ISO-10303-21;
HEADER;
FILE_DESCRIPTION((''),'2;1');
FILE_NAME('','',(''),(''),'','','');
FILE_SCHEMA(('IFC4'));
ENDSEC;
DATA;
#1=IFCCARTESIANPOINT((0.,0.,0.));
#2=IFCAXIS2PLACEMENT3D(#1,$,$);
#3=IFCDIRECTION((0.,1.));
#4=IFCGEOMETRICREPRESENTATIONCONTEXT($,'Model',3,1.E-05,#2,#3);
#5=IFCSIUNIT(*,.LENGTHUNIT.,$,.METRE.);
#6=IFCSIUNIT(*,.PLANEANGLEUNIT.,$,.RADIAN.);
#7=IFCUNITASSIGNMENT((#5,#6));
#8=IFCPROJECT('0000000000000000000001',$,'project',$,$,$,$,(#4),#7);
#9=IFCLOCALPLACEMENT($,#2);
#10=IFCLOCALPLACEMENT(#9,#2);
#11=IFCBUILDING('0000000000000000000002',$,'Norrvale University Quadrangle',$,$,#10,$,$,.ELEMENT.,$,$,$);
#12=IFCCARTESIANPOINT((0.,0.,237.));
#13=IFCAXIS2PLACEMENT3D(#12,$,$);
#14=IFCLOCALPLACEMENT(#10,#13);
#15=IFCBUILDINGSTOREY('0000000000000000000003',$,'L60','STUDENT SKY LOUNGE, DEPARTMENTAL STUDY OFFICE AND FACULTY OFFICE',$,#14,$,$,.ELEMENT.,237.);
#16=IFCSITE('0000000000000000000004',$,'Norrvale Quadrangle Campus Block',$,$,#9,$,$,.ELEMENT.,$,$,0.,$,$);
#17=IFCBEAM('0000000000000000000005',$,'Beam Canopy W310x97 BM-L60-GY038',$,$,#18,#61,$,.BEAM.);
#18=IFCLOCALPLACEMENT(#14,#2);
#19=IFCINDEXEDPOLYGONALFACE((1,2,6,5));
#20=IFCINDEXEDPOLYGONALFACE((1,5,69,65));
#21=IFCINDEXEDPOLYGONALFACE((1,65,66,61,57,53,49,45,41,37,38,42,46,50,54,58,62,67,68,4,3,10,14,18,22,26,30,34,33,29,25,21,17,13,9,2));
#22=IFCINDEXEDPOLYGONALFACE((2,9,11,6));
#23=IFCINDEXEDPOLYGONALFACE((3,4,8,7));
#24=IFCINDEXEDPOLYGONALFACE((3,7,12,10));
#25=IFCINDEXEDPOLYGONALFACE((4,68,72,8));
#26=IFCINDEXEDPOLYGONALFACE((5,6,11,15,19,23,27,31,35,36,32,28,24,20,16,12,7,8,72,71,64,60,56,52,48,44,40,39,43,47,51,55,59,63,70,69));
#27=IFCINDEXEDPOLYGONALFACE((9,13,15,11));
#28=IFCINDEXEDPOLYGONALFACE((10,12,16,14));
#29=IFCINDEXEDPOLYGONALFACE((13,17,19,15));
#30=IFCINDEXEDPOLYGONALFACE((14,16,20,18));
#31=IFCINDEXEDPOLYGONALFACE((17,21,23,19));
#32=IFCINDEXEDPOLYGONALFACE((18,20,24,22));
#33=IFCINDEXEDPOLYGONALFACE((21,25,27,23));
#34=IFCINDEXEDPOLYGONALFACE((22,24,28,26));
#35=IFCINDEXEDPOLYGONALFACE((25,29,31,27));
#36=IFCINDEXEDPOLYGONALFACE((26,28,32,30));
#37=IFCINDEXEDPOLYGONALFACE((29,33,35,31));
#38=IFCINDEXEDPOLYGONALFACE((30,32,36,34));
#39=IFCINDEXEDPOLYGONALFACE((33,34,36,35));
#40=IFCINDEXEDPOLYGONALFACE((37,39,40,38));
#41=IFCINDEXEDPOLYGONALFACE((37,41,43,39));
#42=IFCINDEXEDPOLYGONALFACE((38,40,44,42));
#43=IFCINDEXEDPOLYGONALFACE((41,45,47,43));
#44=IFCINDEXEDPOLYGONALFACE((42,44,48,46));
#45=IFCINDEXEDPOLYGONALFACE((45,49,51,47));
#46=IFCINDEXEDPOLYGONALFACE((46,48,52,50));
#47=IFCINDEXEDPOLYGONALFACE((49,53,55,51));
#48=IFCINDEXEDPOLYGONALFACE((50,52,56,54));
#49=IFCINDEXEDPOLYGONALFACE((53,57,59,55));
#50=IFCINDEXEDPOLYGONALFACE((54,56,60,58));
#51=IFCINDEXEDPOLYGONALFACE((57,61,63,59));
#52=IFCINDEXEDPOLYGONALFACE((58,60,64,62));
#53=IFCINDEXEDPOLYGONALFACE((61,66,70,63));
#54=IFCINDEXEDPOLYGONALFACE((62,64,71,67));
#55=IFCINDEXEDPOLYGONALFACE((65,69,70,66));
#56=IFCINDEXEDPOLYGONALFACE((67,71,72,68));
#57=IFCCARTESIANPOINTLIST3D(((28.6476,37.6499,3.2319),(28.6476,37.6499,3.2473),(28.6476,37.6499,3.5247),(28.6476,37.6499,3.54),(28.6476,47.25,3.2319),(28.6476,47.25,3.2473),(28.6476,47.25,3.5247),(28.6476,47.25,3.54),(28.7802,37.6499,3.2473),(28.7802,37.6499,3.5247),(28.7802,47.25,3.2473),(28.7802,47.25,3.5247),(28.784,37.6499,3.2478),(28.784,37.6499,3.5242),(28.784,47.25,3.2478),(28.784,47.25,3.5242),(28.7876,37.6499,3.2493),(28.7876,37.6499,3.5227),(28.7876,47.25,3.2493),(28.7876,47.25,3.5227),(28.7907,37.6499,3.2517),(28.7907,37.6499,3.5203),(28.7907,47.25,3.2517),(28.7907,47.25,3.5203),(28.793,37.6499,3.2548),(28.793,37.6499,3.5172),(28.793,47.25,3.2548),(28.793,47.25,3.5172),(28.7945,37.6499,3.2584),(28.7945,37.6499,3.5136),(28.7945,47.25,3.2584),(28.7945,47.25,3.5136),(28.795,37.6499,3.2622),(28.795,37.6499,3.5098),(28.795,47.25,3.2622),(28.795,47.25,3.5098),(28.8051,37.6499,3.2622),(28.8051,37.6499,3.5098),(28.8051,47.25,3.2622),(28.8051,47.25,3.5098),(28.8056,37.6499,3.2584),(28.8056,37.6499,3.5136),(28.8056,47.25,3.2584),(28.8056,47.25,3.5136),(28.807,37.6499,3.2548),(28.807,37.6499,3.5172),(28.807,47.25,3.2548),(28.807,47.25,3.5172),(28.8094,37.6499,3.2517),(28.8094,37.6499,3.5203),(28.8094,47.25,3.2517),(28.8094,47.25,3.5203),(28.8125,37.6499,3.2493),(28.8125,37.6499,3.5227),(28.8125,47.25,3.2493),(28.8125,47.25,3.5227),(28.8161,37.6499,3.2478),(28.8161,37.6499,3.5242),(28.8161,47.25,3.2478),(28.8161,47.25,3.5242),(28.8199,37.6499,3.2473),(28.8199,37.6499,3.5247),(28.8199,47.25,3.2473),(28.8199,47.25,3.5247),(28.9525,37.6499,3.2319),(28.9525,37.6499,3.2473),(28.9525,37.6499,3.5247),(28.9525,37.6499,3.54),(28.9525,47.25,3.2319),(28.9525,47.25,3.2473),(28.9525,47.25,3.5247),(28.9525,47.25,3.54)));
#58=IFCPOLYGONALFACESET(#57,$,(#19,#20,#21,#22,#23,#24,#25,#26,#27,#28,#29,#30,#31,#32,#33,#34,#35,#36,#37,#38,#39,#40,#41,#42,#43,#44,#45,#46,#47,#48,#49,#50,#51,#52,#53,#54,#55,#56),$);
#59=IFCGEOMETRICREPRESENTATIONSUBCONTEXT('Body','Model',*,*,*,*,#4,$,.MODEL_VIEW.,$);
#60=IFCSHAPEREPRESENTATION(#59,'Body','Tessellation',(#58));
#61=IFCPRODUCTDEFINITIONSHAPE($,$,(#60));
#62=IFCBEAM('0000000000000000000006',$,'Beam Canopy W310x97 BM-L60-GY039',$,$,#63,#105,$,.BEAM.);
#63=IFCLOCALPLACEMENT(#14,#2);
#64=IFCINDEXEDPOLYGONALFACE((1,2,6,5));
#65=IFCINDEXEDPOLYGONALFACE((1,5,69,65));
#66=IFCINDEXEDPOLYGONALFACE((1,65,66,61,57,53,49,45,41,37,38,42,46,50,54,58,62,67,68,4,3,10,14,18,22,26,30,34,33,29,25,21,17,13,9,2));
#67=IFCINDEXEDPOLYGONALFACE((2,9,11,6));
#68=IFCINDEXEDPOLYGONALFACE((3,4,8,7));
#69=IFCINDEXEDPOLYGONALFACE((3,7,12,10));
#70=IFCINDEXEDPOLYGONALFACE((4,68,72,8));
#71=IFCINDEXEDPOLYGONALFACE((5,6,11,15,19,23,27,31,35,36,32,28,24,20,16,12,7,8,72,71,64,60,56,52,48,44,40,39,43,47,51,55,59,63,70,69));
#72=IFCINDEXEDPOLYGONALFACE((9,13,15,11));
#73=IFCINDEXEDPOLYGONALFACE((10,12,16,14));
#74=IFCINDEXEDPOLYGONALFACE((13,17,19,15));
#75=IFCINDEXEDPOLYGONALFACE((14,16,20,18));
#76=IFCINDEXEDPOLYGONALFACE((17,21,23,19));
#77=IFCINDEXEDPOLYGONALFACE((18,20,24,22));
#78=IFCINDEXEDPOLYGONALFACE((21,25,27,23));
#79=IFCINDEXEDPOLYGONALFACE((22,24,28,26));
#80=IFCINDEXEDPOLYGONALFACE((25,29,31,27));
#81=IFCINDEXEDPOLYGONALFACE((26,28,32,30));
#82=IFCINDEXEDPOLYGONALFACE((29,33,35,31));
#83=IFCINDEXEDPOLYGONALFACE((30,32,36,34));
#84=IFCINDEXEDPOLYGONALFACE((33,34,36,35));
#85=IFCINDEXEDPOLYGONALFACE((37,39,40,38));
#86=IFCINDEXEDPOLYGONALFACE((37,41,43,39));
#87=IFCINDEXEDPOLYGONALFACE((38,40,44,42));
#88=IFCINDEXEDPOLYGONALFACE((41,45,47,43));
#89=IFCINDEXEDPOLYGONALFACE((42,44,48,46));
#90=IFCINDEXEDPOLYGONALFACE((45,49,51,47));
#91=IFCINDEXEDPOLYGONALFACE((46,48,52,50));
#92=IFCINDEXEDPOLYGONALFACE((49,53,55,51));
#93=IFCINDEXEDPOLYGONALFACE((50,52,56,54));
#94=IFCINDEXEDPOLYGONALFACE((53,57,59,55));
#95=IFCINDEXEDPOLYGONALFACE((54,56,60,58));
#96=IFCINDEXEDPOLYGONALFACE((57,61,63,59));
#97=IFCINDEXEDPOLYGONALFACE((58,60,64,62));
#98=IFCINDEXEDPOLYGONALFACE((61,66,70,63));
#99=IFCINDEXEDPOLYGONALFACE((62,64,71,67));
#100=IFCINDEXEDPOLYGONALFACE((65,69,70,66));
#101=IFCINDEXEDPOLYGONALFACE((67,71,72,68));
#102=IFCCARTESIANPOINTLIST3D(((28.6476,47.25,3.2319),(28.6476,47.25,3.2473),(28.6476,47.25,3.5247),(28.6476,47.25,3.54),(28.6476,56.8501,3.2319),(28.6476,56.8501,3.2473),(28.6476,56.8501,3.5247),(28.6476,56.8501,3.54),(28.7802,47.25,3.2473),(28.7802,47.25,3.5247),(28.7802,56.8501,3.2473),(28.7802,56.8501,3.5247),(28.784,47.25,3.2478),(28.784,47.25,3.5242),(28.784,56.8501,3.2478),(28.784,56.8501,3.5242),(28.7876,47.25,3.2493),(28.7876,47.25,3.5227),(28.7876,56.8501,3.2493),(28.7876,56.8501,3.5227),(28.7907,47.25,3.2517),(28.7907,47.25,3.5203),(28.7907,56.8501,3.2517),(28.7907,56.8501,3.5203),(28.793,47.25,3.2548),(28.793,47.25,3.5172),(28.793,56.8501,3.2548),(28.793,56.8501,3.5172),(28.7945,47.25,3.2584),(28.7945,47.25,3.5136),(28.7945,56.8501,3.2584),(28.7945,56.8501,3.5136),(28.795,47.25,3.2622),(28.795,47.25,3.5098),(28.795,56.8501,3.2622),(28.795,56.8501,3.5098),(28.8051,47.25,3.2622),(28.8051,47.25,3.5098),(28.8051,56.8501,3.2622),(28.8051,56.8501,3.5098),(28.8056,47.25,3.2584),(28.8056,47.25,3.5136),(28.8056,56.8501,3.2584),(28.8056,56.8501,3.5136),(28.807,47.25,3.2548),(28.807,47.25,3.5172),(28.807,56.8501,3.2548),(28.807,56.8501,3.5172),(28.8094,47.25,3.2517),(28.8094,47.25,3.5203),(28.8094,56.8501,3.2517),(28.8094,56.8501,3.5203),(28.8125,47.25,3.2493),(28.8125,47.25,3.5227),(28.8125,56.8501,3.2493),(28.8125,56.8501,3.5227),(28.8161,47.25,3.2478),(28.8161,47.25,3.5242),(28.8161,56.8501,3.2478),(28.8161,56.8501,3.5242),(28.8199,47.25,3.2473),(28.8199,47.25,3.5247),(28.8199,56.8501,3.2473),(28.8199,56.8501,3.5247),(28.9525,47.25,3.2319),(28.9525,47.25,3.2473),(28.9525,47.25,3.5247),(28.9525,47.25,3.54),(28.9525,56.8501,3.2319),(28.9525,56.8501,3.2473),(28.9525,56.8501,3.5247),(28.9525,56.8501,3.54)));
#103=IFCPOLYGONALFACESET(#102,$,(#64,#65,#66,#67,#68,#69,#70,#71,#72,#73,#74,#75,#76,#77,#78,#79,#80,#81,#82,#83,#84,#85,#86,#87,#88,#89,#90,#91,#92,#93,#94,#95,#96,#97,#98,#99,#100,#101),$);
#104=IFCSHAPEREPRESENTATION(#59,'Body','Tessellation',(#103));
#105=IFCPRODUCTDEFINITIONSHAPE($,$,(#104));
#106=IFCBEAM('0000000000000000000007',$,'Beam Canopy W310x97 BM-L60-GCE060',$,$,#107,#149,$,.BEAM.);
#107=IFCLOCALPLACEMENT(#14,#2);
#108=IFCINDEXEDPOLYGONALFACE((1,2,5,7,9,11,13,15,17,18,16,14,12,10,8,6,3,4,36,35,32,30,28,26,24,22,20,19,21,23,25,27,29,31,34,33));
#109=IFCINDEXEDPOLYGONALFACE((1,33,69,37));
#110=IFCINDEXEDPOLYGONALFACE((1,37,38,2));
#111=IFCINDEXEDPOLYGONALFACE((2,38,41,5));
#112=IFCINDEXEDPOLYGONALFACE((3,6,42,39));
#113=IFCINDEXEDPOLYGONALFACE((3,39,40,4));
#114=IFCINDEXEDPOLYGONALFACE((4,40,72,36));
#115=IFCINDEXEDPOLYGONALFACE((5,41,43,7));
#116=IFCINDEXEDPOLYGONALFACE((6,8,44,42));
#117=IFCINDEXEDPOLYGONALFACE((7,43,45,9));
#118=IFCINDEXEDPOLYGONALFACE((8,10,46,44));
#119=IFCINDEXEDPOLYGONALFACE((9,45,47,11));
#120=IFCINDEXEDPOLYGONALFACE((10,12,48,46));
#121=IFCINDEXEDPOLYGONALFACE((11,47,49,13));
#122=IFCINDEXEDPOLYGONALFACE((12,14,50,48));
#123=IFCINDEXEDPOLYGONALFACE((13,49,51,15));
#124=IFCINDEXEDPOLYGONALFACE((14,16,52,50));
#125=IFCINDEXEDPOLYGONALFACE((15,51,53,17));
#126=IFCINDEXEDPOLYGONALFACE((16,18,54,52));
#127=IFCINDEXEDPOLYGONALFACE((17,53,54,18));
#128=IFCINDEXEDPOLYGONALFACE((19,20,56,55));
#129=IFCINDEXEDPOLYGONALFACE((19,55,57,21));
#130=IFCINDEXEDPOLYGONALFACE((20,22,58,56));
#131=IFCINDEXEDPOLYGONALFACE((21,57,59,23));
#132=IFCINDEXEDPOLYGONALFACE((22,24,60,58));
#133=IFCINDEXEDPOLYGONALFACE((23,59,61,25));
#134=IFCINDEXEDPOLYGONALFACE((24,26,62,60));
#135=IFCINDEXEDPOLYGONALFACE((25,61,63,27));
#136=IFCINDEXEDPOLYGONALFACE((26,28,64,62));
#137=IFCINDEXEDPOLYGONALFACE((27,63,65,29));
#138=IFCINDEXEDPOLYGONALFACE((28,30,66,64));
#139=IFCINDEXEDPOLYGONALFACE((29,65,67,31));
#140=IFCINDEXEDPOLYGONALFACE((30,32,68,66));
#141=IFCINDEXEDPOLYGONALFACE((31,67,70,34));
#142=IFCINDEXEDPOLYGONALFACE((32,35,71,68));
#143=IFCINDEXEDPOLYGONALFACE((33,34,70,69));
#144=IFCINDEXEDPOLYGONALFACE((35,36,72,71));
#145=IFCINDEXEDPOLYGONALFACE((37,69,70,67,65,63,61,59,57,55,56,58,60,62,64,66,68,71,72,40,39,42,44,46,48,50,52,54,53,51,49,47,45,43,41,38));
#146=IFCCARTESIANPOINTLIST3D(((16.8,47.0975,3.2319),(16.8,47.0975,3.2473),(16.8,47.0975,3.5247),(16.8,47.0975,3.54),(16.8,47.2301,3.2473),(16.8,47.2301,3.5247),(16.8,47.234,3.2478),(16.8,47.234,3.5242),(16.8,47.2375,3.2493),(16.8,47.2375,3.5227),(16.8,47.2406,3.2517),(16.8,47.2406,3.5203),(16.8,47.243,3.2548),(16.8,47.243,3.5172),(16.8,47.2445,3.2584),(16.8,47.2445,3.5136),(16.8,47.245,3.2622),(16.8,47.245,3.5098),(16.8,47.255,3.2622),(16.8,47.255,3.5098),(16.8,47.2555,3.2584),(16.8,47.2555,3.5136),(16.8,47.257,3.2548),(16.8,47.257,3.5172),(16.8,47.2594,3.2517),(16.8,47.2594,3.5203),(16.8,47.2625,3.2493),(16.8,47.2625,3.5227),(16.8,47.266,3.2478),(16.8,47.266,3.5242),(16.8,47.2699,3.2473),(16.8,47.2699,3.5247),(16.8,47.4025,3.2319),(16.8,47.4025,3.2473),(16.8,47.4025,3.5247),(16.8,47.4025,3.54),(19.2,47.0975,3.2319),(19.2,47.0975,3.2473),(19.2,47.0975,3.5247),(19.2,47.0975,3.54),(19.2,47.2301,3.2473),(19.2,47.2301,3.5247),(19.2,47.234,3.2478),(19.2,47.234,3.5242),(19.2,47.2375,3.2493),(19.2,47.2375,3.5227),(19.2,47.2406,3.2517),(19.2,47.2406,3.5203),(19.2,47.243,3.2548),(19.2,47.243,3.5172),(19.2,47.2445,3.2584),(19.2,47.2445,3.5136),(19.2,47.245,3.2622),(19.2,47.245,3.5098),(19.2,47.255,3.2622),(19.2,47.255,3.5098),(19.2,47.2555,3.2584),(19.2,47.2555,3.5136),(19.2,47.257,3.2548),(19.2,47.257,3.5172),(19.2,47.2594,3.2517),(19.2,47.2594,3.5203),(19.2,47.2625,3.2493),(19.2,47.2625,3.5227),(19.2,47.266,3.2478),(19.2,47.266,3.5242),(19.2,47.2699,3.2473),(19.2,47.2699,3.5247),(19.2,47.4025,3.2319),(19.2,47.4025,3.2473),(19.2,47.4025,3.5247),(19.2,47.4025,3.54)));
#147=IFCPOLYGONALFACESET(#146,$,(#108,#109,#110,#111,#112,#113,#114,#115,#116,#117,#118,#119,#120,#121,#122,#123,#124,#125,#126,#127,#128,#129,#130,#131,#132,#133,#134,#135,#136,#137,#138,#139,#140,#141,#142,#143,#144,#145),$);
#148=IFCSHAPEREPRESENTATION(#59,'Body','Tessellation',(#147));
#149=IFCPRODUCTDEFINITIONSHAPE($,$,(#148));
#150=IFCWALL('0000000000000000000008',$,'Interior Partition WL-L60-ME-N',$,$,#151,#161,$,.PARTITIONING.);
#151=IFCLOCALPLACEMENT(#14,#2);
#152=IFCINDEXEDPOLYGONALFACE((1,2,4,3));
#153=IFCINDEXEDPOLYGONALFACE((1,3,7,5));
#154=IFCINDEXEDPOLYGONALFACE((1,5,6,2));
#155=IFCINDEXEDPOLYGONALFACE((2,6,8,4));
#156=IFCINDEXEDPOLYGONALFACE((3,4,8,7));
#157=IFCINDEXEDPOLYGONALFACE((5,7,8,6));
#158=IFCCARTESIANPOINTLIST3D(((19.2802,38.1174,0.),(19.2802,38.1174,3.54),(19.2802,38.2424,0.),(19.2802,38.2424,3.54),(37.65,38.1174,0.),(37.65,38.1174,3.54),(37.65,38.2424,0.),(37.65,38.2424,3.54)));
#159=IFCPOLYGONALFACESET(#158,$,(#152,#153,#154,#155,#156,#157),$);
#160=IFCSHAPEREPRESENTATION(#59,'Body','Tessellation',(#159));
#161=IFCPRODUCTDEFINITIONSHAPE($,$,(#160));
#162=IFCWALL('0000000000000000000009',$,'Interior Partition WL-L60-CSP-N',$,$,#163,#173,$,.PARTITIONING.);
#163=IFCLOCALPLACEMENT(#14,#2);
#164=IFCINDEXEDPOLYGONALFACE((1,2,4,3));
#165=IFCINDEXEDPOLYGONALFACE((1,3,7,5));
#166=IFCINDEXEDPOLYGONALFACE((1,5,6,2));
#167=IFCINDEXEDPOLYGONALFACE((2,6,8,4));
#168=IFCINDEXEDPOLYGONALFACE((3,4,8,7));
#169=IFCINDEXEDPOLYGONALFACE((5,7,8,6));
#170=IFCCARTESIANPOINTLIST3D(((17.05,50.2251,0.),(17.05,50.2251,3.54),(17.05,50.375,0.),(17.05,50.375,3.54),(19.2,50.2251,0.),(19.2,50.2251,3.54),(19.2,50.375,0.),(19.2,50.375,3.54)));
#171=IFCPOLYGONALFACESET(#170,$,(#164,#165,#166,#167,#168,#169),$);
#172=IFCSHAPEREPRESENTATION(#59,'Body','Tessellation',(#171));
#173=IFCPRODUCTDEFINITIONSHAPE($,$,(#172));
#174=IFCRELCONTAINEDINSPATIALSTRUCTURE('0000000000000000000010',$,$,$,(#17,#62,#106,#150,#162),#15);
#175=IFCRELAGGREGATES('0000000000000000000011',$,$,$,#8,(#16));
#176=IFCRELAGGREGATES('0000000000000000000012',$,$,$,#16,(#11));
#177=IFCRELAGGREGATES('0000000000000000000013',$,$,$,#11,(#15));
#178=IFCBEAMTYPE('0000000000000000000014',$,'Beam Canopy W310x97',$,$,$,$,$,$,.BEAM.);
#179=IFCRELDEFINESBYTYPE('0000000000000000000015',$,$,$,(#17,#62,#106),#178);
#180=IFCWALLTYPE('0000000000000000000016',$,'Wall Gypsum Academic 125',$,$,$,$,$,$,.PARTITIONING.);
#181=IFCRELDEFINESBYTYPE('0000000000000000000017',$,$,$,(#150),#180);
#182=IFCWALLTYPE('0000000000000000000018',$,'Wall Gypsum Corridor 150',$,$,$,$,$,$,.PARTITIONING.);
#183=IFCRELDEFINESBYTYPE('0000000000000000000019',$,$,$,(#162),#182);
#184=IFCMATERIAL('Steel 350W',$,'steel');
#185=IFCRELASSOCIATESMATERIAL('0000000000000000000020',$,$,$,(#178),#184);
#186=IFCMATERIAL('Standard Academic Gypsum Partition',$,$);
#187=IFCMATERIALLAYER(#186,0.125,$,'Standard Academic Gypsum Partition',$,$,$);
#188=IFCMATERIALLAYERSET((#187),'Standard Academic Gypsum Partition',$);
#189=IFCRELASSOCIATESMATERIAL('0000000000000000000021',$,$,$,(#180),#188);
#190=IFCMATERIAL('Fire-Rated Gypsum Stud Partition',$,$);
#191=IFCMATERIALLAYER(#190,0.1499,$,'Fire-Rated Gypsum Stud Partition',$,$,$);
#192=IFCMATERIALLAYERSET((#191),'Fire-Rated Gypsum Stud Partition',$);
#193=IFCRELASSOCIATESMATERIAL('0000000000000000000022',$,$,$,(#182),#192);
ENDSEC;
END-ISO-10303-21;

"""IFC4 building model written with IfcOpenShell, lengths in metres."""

from ifc_helpers import new_model, si_unit, direction, frame, frame_2d, origin, origin_2d, place, context, subcontext, project, spatial, rectangle, i_section, extrude, material, layer, layer_set, material_profile, profile_set, type_object, element, save


model = new_model("IFC4")

# Units and contexts
model_context = context("Model", 3, precision=1e-05, world=origin(), true_north=direction((0.0, 1.0)))
body_context = subcontext(model_context, "Body", "Model", "MODEL_VIEW")
ifc_project = project(units=[si_unit("LENGTHUNIT", "METRE"), si_unit("PLANEANGLEUNIT", "RADIAN")], contexts=[model_context])

# Site, building, storey
site_placement = place(None, origin())
site = spatial("IfcSite", under=ifc_project, at=site_placement, Name="Norrvale Quadrangle Campus Block", CompositionType="ELEMENT", RefElevation=0.0)
building_placement = place(site_placement, origin())
building = spatial("IfcBuilding", under=site, at=building_placement, Name="Norrvale University Quadrangle", CompositionType="ELEMENT")
storey_placement = place(building_placement, frame((0.0, 0.0, 237.0)))
storey = spatial("IfcBuildingStorey", under=building, at=storey_placement, Name="L60", Description="STUDENT SKY LOUNGE, DEPARTMENTAL STUDY OFFICE AND FACULTY OFFICE", CompositionType="ELEMENT", Elevation=237.0)

# Beams
ifc_material_1 = material(Name="Steel 350W", Category="steel")
ifc_material_profile_1 = material_profile(ifc_material_1, i_section(OverallWidth=0.3049, OverallDepth=0.3081, WebThickness=0.01, FlangeThickness=0.0154, FilletRadius=0.0149, at=origin_2d()), Name="Steel 350W")
ifc_profile_set_1 = profile_set([ifc_material_profile_1], Name="Steel 350W")
beam_type_1 = type_object("IfcBeamType", Name="Beam Canopy W310x97", PredefinedType="BEAM", material=ifc_profile_set_1)
for number, where, z_axis, x_axis, name in (
    (1, (28.8, 37.6499, 3.386), (0.0, 1.0, 0.0), (-1.0, 0.0, 0.0), "Beam Canopy W310x97 BM-L60-GY038"),
    (2, (28.8, 47.25, 3.386), (0.0, 1.0, 0.0), (-1.0, 0.0, 0.0), "Beam Canopy W310x97 BM-L60-GY039"),
):
    element("IfcBeam", number, at=place(storey_placement, frame(where, z_axis=z_axis, x_axis=x_axis)), inside=storey, type_object=beam_type_1, Name=name, PredefinedType="BEAM", context=body_context, shape_type="SweptSolid", body=[
        extrude(i_section(OverallWidth=0.3049, OverallDepth=0.3081, WebThickness=0.01, FlangeThickness=0.0154, FilletRadius=0.0149, at=origin_2d()), origin(), (0.0, 0.0, 1.0), 9.6001),
    ])
beam_1_placement = place(storey_placement, frame((16.8, 47.25, 3.386), z_axis=(1.0, 0.0, 0.0), x_axis=(0.0, 1.0, 0.0)))
element("IfcBeam", 3, at=beam_1_placement, inside=storey, type_object=beam_type_1, Name="Beam Canopy W310x97 BM-L60-GCE060", PredefinedType="BEAM", context=body_context, shape_type="SweptSolid", body=[
    extrude(i_section(OverallWidth=0.3049, OverallDepth=0.3081, WebThickness=0.01, FlangeThickness=0.0154, FilletRadius=0.0149, at=origin_2d()), origin(), (0.0, 0.0, 1.0), 2.3999),
])

# Walls
ifc_material_2 = material(Name="Standard Academic Gypsum Partition")
ifc_layer_1 = layer(ifc_material_2, 0.125, Name="Standard Academic Gypsum Partition")
ifc_layer_set_1 = layer_set([ifc_layer_1], Name="Standard Academic Gypsum Partition")
wall_type_1 = type_object("IfcWallType", Name="Wall Gypsum Academic 125", PredefinedType="PARTITIONING", material=ifc_layer_set_1)
wall_1_placement = place(storey_placement, frame((19.28, 38.1799, 0.0), z_axis=(0.0, 0.0, 1.0), x_axis=(1.0, 0.0, 0.0)))
element("IfcWall", 4, at=wall_1_placement, inside=storey, type_object=wall_type_1, Name="Interior Partition WL-L60-ME-N", PredefinedType="PARTITIONING", context=body_context, shape_type="SweptSolid", body=[
    extrude(rectangle(XDim=18.3699, YDim=0.125, at=frame_2d((9.1851, 0.0))), origin(), (0.0, 0.0, 1.0), 3.54),
])
ifc_material_3 = material(Name="Fire-Rated Gypsum Stud Partition")
ifc_layer_2 = layer(ifc_material_3, 0.1499, Name="Fire-Rated Gypsum Stud Partition")
ifc_layer_set_2 = layer_set([ifc_layer_2], Name="Fire-Rated Gypsum Stud Partition")
wall_type_2 = type_object("IfcWallType", Name="Wall Gypsum Corridor 150", PredefinedType="PARTITIONING", material=ifc_layer_set_2)
wall_2_placement = place(storey_placement, frame((17.05, 50.3, 0.0), z_axis=(0.0, 0.0, 1.0), x_axis=(1.0, 0.0, 0.0)))
element("IfcWall", 5, at=wall_2_placement, inside=storey, type_object=wall_type_2, Name="Interior Partition WL-L60-CSP-N", PredefinedType="PARTITIONING", context=body_context, shape_type="SweptSolid", body=[
    extrude(rectangle(XDim=2.1499, YDim=0.1499, at=frame_2d((1.075, 0.0))), origin(), (0.0, 0.0, 1.0), 3.54),
])

save(model, "model.ifc")
